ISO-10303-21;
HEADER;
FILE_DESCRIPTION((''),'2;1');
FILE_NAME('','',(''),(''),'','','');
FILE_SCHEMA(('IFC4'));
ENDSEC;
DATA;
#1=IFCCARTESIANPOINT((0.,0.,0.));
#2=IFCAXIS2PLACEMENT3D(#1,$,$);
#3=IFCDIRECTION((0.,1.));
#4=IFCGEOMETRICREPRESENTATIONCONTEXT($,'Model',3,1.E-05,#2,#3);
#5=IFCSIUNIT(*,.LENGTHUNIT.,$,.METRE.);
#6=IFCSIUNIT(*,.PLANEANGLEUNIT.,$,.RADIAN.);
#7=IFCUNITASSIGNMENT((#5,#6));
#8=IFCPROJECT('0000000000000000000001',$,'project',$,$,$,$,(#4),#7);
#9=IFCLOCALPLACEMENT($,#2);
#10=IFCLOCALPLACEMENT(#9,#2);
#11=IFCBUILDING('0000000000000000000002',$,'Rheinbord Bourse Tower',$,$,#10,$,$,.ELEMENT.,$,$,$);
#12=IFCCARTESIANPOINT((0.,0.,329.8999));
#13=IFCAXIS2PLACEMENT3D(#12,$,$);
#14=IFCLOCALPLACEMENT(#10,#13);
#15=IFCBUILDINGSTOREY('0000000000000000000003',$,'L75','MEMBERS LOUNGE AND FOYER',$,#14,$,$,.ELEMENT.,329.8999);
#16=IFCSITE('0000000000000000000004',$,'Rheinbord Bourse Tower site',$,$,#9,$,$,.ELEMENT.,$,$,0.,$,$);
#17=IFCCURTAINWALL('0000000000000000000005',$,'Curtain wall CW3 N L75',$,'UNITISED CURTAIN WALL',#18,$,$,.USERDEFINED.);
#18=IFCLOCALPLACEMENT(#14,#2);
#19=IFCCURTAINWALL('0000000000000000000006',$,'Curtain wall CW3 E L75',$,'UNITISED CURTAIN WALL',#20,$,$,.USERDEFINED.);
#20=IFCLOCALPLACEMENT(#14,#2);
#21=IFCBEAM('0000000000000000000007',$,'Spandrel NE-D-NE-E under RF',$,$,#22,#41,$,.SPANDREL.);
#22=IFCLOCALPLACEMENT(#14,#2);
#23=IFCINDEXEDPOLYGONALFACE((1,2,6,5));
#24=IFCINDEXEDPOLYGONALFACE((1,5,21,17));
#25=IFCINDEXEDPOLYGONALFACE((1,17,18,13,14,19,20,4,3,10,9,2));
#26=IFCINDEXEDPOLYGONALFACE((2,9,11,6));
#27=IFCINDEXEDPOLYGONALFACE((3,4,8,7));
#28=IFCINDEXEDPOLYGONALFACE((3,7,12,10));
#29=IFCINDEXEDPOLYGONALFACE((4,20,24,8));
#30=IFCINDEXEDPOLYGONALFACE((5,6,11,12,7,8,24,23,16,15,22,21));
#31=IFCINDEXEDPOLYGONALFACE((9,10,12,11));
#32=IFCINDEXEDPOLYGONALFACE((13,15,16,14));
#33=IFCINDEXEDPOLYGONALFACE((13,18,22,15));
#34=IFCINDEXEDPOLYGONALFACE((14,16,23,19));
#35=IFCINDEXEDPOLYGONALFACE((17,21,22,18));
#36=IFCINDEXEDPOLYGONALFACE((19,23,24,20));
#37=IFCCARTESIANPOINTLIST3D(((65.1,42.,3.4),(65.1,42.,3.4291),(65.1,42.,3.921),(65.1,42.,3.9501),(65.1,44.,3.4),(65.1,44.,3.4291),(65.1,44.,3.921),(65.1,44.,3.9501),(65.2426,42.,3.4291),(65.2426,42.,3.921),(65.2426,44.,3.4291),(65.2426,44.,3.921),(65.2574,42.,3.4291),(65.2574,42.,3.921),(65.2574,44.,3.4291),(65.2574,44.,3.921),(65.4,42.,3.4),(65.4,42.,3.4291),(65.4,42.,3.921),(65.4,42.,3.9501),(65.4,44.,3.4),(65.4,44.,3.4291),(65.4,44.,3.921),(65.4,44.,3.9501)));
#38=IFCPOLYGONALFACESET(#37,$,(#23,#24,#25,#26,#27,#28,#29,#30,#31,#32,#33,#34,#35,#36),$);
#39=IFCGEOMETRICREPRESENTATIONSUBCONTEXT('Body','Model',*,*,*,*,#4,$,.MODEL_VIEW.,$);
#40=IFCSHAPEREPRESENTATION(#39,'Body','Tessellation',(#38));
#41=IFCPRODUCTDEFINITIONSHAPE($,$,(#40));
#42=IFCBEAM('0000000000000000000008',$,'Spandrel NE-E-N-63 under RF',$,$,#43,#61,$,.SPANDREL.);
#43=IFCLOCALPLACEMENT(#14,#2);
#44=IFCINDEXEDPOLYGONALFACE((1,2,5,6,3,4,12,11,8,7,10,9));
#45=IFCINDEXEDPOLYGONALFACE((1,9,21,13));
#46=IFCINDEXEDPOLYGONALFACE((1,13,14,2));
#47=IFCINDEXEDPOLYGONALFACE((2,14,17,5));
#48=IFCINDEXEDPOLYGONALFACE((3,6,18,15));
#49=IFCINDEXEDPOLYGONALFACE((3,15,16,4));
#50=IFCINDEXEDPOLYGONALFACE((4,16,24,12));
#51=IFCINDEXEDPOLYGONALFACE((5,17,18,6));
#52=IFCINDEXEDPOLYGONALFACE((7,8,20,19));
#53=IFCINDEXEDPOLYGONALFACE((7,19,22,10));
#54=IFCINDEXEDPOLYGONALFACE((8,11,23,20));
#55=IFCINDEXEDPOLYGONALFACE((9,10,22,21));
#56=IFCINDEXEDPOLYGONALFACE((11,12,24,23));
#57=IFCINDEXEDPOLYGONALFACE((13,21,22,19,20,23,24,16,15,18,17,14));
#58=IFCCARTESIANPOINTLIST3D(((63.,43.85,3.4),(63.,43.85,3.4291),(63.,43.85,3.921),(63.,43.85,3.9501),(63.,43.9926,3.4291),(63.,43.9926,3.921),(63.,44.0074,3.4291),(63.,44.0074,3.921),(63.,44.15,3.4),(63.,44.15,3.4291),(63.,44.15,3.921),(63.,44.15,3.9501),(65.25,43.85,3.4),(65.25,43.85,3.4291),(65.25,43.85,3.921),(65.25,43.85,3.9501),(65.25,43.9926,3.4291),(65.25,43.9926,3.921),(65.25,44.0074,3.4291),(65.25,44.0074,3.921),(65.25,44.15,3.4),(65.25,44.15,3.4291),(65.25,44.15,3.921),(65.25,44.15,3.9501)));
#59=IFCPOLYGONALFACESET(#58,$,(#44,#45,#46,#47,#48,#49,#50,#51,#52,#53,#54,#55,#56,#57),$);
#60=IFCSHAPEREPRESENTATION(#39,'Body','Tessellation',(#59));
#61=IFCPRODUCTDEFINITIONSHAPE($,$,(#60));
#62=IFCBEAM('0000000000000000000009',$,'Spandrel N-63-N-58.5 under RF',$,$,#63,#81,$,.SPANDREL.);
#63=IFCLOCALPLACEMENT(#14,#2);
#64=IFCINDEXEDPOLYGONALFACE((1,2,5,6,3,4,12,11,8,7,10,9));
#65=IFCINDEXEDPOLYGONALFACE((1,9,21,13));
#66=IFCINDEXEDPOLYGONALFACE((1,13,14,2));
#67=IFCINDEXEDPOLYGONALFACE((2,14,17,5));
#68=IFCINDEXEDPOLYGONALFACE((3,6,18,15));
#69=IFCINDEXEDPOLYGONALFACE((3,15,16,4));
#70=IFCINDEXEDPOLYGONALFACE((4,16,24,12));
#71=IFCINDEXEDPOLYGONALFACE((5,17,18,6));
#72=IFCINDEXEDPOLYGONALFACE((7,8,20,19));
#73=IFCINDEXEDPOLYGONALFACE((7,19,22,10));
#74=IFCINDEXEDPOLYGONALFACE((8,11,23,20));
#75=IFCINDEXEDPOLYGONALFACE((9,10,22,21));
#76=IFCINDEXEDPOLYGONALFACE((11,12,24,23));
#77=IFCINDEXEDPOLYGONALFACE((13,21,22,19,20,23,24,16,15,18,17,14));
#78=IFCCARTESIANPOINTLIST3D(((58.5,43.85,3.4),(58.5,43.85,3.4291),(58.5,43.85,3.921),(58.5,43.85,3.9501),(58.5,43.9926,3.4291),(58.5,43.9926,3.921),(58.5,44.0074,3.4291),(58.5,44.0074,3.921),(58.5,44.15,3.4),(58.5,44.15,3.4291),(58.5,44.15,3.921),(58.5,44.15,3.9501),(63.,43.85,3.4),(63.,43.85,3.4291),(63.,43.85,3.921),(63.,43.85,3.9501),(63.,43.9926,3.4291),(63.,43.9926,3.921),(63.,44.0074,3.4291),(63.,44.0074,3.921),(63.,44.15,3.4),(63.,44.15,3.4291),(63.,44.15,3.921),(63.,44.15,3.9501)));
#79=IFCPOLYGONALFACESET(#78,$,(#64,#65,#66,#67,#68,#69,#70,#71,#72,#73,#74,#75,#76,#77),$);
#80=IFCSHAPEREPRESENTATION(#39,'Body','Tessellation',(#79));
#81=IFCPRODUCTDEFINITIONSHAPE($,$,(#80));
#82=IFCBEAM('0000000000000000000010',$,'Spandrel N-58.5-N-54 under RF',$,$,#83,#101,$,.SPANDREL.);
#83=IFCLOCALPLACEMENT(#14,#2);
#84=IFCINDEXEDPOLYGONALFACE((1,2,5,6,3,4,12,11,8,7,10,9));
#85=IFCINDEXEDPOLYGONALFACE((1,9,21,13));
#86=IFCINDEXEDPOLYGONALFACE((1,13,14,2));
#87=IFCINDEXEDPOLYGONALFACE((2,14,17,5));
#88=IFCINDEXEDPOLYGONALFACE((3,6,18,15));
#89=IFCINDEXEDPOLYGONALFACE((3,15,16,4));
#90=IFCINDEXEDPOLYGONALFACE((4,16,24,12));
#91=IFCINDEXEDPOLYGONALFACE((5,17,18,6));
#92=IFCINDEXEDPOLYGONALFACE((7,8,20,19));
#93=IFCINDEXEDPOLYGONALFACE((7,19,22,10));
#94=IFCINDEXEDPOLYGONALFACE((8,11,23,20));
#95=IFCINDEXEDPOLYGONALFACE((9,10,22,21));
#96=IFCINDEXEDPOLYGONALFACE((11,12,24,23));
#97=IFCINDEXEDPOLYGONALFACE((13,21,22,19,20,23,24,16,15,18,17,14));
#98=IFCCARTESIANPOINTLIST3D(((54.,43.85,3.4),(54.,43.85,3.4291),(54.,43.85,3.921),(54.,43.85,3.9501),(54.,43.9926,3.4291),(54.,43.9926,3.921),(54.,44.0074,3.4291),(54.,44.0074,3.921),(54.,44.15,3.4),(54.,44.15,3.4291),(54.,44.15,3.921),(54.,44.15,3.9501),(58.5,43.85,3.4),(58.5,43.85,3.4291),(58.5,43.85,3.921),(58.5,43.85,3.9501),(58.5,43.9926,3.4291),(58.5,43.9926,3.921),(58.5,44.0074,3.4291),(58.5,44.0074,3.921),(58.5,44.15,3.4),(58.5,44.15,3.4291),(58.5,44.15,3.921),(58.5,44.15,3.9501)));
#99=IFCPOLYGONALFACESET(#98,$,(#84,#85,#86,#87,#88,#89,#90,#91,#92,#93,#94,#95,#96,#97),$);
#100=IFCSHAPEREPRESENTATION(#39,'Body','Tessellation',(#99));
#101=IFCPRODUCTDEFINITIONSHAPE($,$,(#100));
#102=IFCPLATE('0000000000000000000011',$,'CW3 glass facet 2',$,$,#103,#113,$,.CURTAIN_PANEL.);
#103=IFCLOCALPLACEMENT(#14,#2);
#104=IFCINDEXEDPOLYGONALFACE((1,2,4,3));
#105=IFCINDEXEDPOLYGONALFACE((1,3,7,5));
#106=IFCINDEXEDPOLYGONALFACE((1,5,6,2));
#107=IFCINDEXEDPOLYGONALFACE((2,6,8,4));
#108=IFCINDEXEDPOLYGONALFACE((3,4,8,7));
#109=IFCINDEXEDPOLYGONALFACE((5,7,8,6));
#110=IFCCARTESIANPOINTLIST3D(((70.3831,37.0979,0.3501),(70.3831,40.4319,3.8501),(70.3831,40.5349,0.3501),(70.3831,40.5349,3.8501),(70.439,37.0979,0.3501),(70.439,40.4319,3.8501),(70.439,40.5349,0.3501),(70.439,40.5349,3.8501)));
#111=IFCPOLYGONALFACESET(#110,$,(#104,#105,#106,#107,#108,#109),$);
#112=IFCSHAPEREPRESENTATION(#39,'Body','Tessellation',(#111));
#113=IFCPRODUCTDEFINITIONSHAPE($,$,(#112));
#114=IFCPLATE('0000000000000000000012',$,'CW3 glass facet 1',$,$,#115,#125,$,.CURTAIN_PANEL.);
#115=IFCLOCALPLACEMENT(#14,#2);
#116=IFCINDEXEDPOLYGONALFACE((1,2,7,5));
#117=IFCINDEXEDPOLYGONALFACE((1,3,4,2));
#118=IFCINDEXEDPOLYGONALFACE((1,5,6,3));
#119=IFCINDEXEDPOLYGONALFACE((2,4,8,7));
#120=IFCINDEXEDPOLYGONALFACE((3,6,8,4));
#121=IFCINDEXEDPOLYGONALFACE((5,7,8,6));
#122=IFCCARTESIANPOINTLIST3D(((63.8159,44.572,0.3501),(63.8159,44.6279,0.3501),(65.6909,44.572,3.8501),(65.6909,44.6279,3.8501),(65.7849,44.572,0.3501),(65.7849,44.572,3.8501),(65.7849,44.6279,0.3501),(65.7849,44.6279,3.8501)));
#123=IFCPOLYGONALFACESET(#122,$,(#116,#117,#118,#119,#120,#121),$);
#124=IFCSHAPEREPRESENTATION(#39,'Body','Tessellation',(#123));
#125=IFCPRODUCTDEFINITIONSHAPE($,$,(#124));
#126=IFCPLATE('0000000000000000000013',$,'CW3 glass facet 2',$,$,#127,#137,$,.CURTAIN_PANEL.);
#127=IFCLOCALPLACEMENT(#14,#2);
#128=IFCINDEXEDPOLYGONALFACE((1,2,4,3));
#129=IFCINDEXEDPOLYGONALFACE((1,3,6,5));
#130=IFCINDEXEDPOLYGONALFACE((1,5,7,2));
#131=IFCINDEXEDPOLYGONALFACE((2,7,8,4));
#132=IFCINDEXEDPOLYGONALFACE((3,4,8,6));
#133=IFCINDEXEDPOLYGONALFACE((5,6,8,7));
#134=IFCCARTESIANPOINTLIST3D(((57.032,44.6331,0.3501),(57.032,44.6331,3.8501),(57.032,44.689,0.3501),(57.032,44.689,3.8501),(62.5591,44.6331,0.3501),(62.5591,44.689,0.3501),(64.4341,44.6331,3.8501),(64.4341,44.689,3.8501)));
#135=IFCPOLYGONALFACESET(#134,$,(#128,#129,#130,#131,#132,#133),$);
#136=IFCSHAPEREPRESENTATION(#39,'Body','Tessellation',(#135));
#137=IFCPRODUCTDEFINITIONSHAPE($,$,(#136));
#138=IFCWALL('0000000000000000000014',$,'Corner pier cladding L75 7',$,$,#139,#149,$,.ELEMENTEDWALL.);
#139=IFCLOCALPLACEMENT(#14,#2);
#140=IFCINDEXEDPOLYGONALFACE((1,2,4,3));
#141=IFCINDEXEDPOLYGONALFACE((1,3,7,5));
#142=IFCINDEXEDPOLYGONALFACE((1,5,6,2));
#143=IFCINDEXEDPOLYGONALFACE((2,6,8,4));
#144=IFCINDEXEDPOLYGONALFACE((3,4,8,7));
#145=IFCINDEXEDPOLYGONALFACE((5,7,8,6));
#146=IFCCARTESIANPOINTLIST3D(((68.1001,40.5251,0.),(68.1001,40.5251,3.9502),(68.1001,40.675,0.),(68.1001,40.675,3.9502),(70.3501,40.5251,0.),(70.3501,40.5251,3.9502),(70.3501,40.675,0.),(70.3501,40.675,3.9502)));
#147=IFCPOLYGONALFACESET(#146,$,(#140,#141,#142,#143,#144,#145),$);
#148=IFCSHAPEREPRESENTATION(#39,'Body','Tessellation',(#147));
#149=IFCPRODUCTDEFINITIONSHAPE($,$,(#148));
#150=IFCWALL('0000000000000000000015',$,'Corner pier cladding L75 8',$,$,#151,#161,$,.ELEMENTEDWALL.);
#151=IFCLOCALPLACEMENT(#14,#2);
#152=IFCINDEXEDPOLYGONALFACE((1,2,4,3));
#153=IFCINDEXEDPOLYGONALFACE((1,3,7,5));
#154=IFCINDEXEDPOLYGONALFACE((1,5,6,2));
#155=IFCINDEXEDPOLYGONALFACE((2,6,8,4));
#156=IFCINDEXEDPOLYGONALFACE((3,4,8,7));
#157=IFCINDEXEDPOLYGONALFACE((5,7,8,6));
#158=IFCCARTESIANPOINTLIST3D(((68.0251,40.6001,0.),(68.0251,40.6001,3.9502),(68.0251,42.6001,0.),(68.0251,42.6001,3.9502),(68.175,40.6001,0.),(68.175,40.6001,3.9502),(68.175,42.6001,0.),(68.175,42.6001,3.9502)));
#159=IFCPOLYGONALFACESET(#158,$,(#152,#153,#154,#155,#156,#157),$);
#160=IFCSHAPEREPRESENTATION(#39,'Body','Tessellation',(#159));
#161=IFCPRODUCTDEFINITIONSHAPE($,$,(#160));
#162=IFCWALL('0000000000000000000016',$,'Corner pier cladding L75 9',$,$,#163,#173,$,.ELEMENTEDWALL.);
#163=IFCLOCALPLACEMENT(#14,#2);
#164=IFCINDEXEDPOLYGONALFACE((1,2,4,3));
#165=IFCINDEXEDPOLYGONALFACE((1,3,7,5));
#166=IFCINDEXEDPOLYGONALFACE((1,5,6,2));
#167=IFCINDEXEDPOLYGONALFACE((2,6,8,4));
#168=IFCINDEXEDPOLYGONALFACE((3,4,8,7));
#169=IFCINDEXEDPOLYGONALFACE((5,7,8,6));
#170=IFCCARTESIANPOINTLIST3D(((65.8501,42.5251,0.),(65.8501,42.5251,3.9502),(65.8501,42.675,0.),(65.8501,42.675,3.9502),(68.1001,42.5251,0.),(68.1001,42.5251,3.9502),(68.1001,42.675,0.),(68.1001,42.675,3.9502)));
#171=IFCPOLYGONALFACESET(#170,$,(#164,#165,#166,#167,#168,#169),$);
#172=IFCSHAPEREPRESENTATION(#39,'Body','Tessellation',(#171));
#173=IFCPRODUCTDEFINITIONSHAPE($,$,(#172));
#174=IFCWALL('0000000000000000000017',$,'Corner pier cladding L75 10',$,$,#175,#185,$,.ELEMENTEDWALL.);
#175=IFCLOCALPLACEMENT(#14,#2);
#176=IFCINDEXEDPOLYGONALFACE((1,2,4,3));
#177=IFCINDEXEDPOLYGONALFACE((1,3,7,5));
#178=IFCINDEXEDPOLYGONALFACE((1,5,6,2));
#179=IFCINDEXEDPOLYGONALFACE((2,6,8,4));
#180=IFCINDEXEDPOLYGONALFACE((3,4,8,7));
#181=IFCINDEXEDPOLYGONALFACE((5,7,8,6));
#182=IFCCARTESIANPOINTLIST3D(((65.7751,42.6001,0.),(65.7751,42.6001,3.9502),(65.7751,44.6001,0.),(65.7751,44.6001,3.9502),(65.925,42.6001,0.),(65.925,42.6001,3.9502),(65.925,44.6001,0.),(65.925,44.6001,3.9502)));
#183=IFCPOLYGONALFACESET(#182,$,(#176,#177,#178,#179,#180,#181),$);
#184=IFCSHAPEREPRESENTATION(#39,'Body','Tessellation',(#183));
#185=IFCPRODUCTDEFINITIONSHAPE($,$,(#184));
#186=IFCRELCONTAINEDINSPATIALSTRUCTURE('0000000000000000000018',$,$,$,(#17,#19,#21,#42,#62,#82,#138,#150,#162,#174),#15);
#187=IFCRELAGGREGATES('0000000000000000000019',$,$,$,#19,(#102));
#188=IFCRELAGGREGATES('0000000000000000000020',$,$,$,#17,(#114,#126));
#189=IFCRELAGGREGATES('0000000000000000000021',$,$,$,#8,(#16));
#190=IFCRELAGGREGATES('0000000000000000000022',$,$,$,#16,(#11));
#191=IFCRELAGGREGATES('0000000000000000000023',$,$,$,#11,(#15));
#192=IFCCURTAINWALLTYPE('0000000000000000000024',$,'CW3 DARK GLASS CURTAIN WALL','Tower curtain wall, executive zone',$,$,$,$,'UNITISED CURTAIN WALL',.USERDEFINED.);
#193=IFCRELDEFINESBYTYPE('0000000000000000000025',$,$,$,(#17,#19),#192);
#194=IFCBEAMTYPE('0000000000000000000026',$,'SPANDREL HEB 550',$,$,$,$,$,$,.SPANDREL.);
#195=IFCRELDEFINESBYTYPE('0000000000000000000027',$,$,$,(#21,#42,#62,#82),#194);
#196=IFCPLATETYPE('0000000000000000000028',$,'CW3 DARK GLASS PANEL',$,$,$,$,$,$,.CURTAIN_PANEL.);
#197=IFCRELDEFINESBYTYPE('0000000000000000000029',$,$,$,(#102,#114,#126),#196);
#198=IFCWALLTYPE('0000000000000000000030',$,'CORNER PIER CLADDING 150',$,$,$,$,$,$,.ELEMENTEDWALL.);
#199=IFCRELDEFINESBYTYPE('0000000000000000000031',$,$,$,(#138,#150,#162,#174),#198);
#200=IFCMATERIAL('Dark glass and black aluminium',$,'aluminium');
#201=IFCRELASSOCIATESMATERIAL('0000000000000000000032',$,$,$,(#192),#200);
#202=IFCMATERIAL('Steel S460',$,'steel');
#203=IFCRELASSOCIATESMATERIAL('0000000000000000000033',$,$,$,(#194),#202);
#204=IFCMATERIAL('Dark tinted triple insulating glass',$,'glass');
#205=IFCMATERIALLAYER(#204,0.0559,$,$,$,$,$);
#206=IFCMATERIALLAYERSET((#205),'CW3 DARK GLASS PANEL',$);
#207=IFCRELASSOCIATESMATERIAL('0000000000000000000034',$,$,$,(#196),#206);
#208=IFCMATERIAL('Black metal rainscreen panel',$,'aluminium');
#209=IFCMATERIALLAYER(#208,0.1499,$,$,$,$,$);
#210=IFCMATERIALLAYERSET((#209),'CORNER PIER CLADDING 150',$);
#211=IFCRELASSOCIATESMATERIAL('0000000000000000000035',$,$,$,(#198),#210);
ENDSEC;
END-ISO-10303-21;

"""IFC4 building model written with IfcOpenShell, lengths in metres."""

from ifc_helpers import new_model, si_unit, direction, frame, frame_2d, origin, origin_2d, place, context, subcontext, project, spatial, polyline, rectangle, i_section, outline, extrude, material, layer, layer_set, material_profile, profile_set, type_object, element, aggregate, save


model = new_model("IFC4")

# Units and contexts
model_context = context("Model", 3, precision=1e-05, world=origin(), true_north=direction((0.0, 1.0)))
body_context = subcontext(model_context, "Body", "Model", "MODEL_VIEW")
ifc_project = project(units=[si_unit("LENGTHUNIT", "METRE"), si_unit("PLANEANGLEUNIT", "RADIAN")], contexts=[model_context])

# Site, building, storey
site_placement = place(None, origin())
site = spatial("IfcSite", under=ifc_project, at=site_placement, Name="Rheinbord Bourse Tower site", CompositionType="ELEMENT", RefElevation=0.0)
building_placement = place(site_placement, origin())
building = spatial("IfcBuilding", under=site, at=building_placement, Name="Rheinbord Bourse Tower", CompositionType="ELEMENT")
storey_placement = place(building_placement, frame((0.0, 0.0, 329.8999)))
storey = spatial("IfcBuildingStorey", under=building, at=storey_placement, Name="L75", Description="MEMBERS LOUNGE AND FOYER", CompositionType="ELEMENT", Elevation=329.8999)

# Curtain walls
ifc_material_1 = material(Name="Dark glass and black aluminium", Category="aluminium")
curtain_wall_type = type_object("IfcCurtainWallType", Name="CW3 DARK GLASS CURTAIN WALL", Description="Tower curtain wall, executive zone", ElementType="UNITISED CURTAIN WALL", PredefinedType="USERDEFINED", material=ifc_material_1)
curtain_wall_1_placement = place(storey_placement, origin())
curtain_wall_1 = element("IfcCurtainWall", 1, at=curtain_wall_1_placement, inside=storey, type_object=curtain_wall_type, Name="Curtain wall CW3 N L75", ObjectType="UNITISED CURTAIN WALL", PredefinedType="USERDEFINED")
curtain_wall_2_placement = place(storey_placement, origin())
curtain_wall_2 = element("IfcCurtainWall", 2, at=curtain_wall_2_placement, inside=storey, type_object=curtain_wall_type, Name="Curtain wall CW3 E L75", ObjectType="UNITISED CURTAIN WALL", PredefinedType="USERDEFINED")

# Beams
ifc_material_2 = material(Name="Steel S460", Category="steel")
ifc_material_profile_1 = material_profile(ifc_material_2, i_section(OverallWidth=0.3, OverallDepth=0.55, WebThickness=0.0149, FlangeThickness=0.0291, at=origin_2d()), Name="HEB 550")
ifc_profile_set_1 = profile_set([ifc_material_profile_1], Name="Steel S460")
beam_type_1 = type_object("IfcBeamType", Name="SPANDREL HEB 550", PredefinedType="SPANDREL", material=ifc_profile_set_1)
beam_1_placement = place(storey_placement, frame((65.25, 42.0, 3.675), z_axis=(0.0, 1.0, 0.0), x_axis=(-1.0, 0.0, 0.0)))
element("IfcBeam", 3, at=beam_1_placement, inside=storey, type_object=beam_type_1, Name="Spandrel NE-D-NE-E under RF", PredefinedType="SPANDREL", context=body_context, shape_type="SweptSolid", body=[
    extrude(i_section(OverallWidth=0.3, OverallDepth=0.55, WebThickness=0.0149, FlangeThickness=0.0291, at=origin_2d()), origin(), (0.0, 0.0, 1.0), 2.0),
])
beam_2_placement = place(storey_placement, frame((65.25, 44.0, 3.675), z_axis=(-1.0, 0.0, 0.0), x_axis=(0.0, -1.0, 0.0)))
element("IfcBeam", 4, at=beam_2_placement, inside=storey, type_object=beam_type_1, Name="Spandrel NE-E-N-63 under RF", PredefinedType="SPANDREL", context=body_context, shape_type="SweptSolid", body=[
    extrude(i_section(OverallWidth=0.3, OverallDepth=0.55, WebThickness=0.0149, FlangeThickness=0.0291, at=origin_2d()), origin(), (0.0, 0.0, 1.0), 2.25),
])
for number, where, z_axis, x_axis, name in (
    (5, (63.0, 44.0, 3.675), (-1.0, 0.0, 0.0), (0.0, -1.0, 0.0), "Spandrel N-63-N-58.5 under RF"),
    (6, (58.5, 44.0, 3.675), (-1.0, 0.0, 0.0), (0.0, -1.0, 0.0), "Spandrel N-58.5-N-54 under RF"),
):
    element("IfcBeam", number, at=place(storey_placement, frame(where, z_axis=z_axis, x_axis=x_axis)), inside=storey, type_object=beam_type_1, Name=name, PredefinedType="SPANDREL", context=body_context, shape_type="SweptSolid", body=[
        extrude(i_section(OverallWidth=0.3, OverallDepth=0.55, WebThickness=0.0149, FlangeThickness=0.0291, at=origin_2d()), origin(), (0.0, 0.0, 1.0), 4.5),
    ])

# Plates
ifc_material_3 = material(Name="Dark tinted triple insulating glass", Category="glass")
ifc_layer_1 = layer(ifc_material_3, 0.0559)
ifc_layer_set_1 = layer_set([ifc_layer_1], Name="CW3 DARK GLASS PANEL")
plate_type = type_object("IfcPlateType", Name="CW3 DARK GLASS PANEL", PredefinedType="CURTAIN_PANEL", material=ifc_layer_set_1)
plate_1_placement = place(storey_placement, frame((70.439, 40.5349, 3.8501), z_axis=(-1.0, 0.0, 0.0), x_axis=(0.0, 0.0, -1.0)))
plate_1 = element("IfcPlate", 7, at=plate_1_placement, type_object=plate_type, Name="CW3 glass facet 2", PredefinedType="CURTAIN_PANEL", context=body_context, shape_type="SweptSolid", body=[
    extrude(outline(polyline([(0.0, 0.0), (3.5, 0.0), (3.5, 3.437), (0.0, 0.103), (0.0, 0.0)])), origin(), (0.0, 0.0, 1.0), 0.0559),
])
aggregate(curtain_wall_2, [plate_1])
plate_2_placement = place(storey_placement, frame((65.7849, 44.6279, 0.3501), z_axis=(0.0, -1.0, 0.0), x_axis=(0.0, 0.0, 1.0)))
plate_2 = element("IfcPlate", 8, at=plate_2_placement, type_object=plate_type, Name="CW3 glass facet 1", PredefinedType="CURTAIN_PANEL", context=body_context, shape_type="SweptSolid", body=[
    extrude(outline(polyline([(0.0, 0.0), (3.5, 0.0), (3.5, 0.094), (0.0, 1.969), (0.0, 0.0)])), origin(), (0.0, 0.0, 1.0), 0.0559),
])
plate_3_placement = place(storey_placement, frame((57.032, 44.689, 3.8501), z_axis=(0.0, -1.0, 0.0), x_axis=(0.0, 0.0, -1.0)))
plate_3 = element("IfcPlate", 9, at=plate_3_placement, type_object=plate_type, Name="CW3 glass facet 2", PredefinedType="CURTAIN_PANEL", context=body_context, shape_type="SweptSolid", body=[
    extrude(outline(polyline([(0.0, 0.0), (3.5, 0.0), (3.5, 5.5271), (0.0, 7.4021), (0.0, 0.0)])), origin(), (0.0, 0.0, 1.0), 0.0559),
])
aggregate(curtain_wall_1, [plate_2, plate_3])

# Walls
ifc_material_4 = material(Name="Black metal rainscreen panel", Category="aluminium")
ifc_layer_2 = layer(ifc_material_4, 0.1499)
ifc_layer_set_2 = layer_set([ifc_layer_2], Name="CORNER PIER CLADDING 150")
wall_type = type_object("IfcWallType", Name="CORNER PIER CLADDING 150", PredefinedType="ELEMENTEDWALL", material=ifc_layer_set_2)
wall_1_placement = place(storey_placement, frame((70.3501, 40.6001, 0.0), z_axis=(0.0, 0.0, 1.0), x_axis=(-1.0, 0.0, 0.0)))
element("IfcWall", 10, at=wall_1_placement, inside=storey, type_object=wall_type, Name="Corner pier cladding L75 7", PredefinedType="ELEMENTEDWALL", context=body_context, shape_type="SweptSolid", body=[
    extrude(rectangle(XDim=2.25, YDim=0.1499, at=frame_2d((1.125, 0.0))), origin(), (0.0, 0.0, 1.0), 3.9502),
])
wall_2_placement = place(storey_placement, frame((68.1001, 40.6001, 0.0), z_axis=(0.0, 0.0, 1.0), x_axis=(0.0, 1.0, 0.0)))
element("IfcWall", 11, at=wall_2_placement, inside=storey, type_object=wall_type, Name="Corner pier cladding L75 8", PredefinedType="ELEMENTEDWALL", context=body_context, shape_type="SweptSolid", body=[
    extrude(rectangle(XDim=2.0, YDim=0.1499, at=frame_2d((1.0, 0.0))), origin(), (0.0, 0.0, 1.0), 3.9502),
])
wall_3_placement = place(storey_placement, frame((68.1001, 42.6001, 0.0), z_axis=(0.0, 0.0, 1.0), x_axis=(-1.0, 0.0, 0.0)))
element("IfcWall", 12, at=wall_3_placement, inside=storey, type_object=wall_type, Name="Corner pier cladding L75 9", PredefinedType="ELEMENTEDWALL", context=body_context, shape_type="SweptSolid", body=[
    extrude(rectangle(XDim=2.25, YDim=0.1499, at=frame_2d((1.125, 0.0))), origin(), (0.0, 0.0, 1.0), 3.9502),
])
wall_4_placement = place(storey_placement, frame((65.8501, 42.6001, 0.0), z_axis=(0.0, 0.0, 1.0), x_axis=(0.0, 1.0, 0.0)))
element("IfcWall", 13, at=wall_4_placement, inside=storey, type_object=wall_type, Name="Corner pier cladding L75 10", PredefinedType="ELEMENTEDWALL", context=body_context, shape_type="SweptSolid", body=[
    extrude(rectangle(XDim=2.0, YDim=0.1499, at=frame_2d((1.0, 0.0))), origin(), (0.0, 0.0, 1.0), 3.9502),
])

save(model, "model.ifc")
